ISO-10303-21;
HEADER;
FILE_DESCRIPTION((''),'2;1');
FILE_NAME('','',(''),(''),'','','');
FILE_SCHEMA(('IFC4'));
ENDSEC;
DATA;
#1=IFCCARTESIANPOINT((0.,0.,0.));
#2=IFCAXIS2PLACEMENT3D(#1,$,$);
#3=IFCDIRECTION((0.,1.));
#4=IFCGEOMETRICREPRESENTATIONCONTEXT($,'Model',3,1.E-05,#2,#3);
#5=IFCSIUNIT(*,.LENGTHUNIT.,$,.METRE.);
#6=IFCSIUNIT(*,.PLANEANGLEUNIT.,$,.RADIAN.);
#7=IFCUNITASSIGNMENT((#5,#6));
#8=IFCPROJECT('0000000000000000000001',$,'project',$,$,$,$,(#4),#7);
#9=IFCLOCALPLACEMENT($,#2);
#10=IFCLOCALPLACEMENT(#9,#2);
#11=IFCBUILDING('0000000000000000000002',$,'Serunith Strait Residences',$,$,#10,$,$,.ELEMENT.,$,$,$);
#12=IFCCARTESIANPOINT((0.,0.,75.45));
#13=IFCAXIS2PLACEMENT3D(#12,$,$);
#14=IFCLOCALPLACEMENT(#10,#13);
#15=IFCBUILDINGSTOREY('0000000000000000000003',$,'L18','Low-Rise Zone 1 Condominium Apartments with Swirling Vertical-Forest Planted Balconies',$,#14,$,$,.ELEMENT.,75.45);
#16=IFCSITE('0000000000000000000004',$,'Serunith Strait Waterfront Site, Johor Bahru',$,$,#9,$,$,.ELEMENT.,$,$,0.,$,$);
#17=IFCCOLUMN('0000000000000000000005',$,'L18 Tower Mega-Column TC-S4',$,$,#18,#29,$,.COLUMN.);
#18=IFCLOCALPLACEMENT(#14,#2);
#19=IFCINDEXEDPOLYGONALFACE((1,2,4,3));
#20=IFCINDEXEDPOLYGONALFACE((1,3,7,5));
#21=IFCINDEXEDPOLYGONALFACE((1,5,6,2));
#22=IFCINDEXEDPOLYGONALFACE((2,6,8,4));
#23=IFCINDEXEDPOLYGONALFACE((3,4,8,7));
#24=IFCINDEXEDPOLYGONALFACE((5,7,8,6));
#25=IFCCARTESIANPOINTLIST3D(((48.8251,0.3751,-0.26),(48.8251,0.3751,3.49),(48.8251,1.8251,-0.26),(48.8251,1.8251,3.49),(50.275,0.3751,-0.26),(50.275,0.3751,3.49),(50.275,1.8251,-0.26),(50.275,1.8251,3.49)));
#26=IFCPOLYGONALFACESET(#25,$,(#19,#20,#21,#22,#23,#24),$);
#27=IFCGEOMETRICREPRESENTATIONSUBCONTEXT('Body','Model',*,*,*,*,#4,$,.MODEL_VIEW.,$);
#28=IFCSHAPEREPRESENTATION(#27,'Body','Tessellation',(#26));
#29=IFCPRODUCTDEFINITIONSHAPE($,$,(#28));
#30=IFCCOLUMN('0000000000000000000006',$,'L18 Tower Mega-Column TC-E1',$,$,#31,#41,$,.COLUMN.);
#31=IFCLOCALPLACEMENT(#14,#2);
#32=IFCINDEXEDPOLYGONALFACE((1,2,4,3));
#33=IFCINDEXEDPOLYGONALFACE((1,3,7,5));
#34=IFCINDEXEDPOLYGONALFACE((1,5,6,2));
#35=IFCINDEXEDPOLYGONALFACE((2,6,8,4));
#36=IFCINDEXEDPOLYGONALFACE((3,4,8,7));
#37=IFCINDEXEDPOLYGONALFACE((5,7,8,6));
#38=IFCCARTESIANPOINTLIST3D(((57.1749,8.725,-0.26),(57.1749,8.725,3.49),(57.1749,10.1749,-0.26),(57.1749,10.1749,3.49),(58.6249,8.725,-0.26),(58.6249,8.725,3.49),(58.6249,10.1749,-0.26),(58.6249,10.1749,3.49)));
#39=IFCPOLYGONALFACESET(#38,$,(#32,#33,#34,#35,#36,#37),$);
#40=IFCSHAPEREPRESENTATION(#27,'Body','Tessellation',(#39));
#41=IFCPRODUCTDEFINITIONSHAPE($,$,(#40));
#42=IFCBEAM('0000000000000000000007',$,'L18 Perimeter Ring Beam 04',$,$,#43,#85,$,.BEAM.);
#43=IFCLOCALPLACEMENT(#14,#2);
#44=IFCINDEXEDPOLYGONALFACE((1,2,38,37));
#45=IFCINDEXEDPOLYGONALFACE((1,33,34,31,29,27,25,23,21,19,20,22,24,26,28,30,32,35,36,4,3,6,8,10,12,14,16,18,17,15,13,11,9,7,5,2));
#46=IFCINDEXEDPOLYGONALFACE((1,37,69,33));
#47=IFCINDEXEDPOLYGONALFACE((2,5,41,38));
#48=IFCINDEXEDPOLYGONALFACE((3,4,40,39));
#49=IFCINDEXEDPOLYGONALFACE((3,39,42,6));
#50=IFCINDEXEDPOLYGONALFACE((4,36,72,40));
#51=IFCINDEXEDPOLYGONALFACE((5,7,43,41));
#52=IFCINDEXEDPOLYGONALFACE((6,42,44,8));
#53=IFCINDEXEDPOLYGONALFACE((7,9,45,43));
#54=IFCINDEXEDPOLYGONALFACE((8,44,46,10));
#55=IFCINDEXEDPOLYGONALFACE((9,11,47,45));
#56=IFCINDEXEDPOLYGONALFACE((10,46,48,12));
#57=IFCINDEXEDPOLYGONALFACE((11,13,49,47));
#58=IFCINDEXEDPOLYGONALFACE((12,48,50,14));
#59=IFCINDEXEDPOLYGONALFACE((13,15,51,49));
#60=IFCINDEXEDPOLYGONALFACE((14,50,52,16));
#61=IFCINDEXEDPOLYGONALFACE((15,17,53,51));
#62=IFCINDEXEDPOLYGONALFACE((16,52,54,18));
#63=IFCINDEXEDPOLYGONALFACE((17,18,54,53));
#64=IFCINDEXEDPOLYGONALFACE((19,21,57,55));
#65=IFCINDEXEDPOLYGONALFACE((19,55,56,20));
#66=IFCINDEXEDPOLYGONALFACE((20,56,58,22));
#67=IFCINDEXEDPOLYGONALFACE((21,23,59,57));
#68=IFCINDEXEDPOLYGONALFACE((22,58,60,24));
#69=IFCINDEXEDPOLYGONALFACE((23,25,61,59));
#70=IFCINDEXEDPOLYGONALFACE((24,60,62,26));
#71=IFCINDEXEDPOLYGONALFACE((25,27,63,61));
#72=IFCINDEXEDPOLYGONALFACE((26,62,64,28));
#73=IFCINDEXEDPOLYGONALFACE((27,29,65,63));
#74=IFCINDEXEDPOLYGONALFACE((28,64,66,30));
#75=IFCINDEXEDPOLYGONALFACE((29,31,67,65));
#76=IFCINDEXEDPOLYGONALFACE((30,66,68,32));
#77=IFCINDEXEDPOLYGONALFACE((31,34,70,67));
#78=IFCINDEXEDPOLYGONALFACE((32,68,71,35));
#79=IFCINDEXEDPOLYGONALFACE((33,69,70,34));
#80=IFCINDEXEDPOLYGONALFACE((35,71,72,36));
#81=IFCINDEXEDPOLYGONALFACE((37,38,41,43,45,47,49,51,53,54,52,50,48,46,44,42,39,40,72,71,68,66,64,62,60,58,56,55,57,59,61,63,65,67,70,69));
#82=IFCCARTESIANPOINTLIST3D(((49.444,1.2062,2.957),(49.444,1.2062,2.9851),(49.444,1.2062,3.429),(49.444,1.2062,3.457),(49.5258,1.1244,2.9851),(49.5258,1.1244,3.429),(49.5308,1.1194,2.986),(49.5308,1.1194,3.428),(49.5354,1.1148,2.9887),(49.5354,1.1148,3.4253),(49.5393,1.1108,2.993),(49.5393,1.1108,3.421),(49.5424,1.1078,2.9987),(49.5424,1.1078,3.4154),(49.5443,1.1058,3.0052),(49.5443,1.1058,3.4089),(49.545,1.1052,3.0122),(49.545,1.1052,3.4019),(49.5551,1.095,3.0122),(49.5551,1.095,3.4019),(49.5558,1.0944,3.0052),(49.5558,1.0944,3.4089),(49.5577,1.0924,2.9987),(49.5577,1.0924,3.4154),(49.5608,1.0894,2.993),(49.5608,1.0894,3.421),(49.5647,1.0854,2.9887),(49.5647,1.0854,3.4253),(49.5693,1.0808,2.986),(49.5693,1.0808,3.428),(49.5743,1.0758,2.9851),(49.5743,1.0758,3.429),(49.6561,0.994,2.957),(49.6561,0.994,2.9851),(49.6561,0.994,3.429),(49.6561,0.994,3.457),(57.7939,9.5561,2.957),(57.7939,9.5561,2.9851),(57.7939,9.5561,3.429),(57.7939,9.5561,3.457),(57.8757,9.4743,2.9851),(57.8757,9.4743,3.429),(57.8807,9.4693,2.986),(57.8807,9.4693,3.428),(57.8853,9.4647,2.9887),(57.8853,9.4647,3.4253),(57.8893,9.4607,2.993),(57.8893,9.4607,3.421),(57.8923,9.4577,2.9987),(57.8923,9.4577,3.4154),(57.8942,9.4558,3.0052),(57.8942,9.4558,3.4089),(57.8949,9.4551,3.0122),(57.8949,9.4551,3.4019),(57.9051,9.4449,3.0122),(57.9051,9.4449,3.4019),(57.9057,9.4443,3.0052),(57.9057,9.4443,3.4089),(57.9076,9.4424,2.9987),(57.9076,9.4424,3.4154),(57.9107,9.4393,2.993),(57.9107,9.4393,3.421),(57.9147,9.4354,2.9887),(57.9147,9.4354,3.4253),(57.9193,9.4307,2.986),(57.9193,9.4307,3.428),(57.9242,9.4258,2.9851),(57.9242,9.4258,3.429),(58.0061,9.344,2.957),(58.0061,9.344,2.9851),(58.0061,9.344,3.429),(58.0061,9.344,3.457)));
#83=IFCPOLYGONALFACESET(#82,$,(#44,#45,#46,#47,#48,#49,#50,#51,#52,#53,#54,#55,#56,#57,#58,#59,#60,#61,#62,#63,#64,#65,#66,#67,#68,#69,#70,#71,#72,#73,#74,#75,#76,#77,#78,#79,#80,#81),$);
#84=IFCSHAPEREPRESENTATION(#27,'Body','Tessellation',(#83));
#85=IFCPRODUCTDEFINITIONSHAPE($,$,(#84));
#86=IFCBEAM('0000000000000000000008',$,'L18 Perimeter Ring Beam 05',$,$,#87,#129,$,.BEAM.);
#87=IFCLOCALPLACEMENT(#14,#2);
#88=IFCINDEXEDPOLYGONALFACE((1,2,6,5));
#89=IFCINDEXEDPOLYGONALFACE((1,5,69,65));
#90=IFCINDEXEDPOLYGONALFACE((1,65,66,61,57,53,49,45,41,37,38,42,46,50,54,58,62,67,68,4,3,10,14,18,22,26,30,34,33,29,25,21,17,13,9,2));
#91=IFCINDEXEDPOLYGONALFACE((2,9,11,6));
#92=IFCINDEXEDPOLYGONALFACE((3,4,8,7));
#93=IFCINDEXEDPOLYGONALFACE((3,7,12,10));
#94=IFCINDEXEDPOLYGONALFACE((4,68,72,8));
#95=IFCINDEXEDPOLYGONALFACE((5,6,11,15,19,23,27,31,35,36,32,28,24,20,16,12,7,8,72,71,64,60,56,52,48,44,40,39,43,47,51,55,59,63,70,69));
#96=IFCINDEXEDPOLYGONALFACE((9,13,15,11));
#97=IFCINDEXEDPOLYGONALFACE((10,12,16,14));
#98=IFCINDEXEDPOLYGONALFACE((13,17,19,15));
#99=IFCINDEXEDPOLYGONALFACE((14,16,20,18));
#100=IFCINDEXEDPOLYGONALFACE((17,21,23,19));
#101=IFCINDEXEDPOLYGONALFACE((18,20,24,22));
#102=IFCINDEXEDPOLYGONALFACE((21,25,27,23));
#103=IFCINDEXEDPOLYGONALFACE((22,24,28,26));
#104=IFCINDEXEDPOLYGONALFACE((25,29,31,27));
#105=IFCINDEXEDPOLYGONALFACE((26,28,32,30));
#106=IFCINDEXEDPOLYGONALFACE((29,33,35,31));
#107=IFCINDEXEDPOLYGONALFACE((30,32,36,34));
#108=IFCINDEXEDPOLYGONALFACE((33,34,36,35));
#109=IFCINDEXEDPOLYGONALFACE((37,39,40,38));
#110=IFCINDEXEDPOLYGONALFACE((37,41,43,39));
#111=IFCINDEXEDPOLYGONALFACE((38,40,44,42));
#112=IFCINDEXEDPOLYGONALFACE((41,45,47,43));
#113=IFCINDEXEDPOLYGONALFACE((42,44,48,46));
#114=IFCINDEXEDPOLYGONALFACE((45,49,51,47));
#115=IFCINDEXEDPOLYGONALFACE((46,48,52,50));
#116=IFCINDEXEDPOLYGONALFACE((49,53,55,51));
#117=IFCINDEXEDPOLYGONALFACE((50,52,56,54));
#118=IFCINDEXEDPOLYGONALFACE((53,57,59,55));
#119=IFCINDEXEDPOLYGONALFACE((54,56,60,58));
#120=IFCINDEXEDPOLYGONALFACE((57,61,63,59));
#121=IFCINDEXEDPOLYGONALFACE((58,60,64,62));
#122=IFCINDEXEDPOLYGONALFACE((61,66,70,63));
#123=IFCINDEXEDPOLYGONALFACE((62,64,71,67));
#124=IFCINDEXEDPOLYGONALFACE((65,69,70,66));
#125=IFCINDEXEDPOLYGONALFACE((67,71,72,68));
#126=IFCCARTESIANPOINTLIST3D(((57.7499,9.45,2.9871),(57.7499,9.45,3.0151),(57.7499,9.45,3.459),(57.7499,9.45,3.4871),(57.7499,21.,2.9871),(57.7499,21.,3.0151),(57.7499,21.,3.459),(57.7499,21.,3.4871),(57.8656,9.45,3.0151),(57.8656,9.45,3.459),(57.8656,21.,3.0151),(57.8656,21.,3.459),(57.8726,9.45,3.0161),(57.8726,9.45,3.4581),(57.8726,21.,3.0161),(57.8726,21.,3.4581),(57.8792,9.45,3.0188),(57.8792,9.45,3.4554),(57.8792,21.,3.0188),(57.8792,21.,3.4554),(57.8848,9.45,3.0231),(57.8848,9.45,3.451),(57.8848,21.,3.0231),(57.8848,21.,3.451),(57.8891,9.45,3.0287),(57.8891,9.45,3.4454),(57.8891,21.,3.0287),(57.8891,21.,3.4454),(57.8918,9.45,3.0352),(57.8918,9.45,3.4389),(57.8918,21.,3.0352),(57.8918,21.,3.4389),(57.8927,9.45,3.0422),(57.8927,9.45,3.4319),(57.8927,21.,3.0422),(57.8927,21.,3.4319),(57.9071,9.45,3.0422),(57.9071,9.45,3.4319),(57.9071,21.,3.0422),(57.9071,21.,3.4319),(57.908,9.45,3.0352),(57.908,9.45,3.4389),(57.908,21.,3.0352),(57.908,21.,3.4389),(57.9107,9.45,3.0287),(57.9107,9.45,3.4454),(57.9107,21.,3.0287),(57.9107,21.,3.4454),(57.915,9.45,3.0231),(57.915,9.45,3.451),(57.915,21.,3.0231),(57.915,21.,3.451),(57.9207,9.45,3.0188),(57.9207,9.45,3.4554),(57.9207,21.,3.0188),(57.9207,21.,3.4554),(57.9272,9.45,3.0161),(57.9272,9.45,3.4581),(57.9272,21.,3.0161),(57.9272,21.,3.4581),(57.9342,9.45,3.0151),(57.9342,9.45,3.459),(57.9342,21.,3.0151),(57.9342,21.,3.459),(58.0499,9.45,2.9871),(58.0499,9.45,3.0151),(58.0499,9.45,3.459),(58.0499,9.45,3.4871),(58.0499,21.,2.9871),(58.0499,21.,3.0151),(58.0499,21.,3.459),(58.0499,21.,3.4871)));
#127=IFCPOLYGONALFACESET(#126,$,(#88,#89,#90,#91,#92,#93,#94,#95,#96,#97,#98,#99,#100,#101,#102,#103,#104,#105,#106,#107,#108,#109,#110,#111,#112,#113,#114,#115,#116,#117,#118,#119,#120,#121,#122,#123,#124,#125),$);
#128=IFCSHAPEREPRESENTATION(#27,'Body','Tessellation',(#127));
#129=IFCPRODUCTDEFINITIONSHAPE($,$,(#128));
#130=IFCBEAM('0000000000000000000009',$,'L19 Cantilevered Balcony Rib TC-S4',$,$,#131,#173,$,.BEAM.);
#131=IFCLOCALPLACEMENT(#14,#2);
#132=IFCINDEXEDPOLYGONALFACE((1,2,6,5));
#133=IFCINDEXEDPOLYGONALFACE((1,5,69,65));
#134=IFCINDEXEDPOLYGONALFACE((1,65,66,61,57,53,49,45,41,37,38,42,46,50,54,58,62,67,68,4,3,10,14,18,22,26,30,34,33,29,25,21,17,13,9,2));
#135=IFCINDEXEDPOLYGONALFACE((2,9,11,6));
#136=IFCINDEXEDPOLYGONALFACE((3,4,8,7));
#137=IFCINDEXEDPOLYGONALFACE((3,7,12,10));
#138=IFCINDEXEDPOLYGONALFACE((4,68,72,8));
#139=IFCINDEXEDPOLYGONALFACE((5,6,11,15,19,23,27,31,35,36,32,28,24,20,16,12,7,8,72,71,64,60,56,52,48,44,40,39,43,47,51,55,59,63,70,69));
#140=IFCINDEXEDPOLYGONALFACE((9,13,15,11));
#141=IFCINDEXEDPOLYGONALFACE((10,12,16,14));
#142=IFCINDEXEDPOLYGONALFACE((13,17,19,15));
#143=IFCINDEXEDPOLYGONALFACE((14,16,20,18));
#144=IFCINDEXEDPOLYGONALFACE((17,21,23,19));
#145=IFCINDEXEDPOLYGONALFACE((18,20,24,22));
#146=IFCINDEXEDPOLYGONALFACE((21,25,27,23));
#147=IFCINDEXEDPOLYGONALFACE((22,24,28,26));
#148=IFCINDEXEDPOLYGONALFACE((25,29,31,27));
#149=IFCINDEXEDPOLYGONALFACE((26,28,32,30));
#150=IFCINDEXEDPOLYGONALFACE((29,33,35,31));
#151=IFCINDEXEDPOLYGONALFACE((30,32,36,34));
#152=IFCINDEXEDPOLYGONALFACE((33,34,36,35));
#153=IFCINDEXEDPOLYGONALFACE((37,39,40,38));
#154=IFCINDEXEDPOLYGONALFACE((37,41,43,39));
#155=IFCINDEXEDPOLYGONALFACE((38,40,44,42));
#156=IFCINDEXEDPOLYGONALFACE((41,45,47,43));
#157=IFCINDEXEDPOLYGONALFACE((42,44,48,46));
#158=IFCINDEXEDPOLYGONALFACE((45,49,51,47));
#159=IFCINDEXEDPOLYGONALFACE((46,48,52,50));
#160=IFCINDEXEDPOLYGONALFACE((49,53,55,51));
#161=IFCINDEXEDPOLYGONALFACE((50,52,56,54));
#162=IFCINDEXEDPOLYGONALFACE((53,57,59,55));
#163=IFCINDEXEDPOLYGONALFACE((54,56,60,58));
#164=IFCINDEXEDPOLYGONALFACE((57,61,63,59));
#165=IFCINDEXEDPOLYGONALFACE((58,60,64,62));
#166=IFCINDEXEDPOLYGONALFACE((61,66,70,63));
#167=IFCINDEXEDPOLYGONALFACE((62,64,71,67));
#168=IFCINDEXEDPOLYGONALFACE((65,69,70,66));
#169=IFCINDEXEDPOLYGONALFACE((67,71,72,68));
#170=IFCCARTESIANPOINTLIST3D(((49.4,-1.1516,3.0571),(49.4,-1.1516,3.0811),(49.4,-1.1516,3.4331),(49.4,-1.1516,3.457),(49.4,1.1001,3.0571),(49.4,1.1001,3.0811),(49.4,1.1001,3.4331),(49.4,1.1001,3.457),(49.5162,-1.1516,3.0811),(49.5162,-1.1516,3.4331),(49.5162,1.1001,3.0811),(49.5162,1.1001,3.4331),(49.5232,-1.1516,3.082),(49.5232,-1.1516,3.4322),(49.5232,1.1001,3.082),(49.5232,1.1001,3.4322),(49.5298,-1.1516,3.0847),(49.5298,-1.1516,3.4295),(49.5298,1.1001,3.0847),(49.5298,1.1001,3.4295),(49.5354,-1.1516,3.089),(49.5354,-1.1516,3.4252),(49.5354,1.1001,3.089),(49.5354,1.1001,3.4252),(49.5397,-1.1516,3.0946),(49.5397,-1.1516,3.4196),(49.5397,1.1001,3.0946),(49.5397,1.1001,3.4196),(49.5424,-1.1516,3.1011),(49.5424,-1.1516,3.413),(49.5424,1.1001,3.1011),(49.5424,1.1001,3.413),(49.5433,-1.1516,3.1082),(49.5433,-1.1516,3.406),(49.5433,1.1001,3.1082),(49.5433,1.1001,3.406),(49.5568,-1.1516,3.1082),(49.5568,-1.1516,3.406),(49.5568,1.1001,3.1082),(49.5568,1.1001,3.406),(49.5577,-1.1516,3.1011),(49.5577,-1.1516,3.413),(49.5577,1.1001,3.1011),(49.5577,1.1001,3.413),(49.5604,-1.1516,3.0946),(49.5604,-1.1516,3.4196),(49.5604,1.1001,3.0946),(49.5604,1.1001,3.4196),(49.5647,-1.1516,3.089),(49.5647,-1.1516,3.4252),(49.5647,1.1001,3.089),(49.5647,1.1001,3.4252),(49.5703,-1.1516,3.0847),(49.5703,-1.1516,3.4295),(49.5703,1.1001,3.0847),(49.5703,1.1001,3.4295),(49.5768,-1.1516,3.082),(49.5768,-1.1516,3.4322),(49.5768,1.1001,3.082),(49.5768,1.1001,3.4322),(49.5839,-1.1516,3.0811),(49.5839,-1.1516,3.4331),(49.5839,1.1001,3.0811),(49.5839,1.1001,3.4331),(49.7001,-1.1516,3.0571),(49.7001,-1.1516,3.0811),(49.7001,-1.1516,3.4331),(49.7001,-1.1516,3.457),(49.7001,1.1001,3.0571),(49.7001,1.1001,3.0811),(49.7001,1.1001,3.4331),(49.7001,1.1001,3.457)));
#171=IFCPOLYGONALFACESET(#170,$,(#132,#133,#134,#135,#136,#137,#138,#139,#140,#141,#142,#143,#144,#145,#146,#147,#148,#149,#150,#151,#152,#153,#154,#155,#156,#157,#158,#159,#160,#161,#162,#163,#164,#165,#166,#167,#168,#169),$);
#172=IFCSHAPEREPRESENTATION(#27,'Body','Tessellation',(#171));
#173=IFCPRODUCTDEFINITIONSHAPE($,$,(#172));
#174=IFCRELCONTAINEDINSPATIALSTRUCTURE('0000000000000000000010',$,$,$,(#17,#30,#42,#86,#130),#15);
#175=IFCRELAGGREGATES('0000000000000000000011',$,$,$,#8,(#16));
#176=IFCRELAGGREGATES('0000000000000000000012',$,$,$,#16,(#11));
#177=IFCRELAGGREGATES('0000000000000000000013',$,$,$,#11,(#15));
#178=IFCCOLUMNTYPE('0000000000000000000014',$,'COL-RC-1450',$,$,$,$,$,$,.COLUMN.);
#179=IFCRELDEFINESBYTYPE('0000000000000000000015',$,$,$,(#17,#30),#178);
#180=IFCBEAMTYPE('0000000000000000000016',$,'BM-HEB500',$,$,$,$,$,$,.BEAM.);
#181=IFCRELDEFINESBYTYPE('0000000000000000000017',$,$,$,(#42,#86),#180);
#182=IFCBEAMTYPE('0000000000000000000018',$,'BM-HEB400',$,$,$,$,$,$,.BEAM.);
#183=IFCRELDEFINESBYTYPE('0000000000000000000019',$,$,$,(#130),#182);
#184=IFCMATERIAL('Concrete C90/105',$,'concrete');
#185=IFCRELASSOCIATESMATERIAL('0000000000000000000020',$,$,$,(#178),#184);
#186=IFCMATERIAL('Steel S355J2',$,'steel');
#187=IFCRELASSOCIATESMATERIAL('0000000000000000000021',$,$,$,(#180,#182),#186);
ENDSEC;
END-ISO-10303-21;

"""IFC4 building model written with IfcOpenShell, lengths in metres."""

from ifc_helpers import new_model, si_unit, direction, frame, origin, origin_2d, place, context, subcontext, project, spatial, rectangle, i_section, extrude, source, transform, mapped, material, material_profile, profile_set, type_object, element, save


model = new_model("IFC4")

# Units and contexts
model_context = context("Model", 3, precision=1e-05, world=origin(), true_north=direction((0.0, 1.0)))
body_context = subcontext(model_context, "Body", "Model", "MODEL_VIEW")
ifc_project = project(units=[si_unit("LENGTHUNIT", "METRE"), si_unit("PLANEANGLEUNIT", "RADIAN")], contexts=[model_context])

# Site, building, storey
site_placement = place(None, origin())
site = spatial("IfcSite", under=ifc_project, at=site_placement, Name="Serunith Strait Waterfront Site, Johor Bahru", CompositionType="ELEMENT", RefElevation=0.0)
building_placement = place(site_placement, origin())
building = spatial("IfcBuilding", under=site, at=building_placement, Name="Serunith Strait Residences", CompositionType="ELEMENT")
storey_placement = place(building_placement, frame((0.0, 0.0, 75.45)))
storey = spatial("IfcBuildingStorey", under=building, at=storey_placement, Name="L18", Description="Low-Rise Zone 1 Condominium Apartments with Swirling Vertical-Forest Planted Balconies", CompositionType="ELEMENT", Elevation=75.45)

# Columns
ifc_material_1 = material(Name="Concrete C90/105", Category="concrete")
ifc_material_profile_1 = material_profile(ifc_material_1, rectangle(XDim=1.45, YDim=1.45, at=origin_2d()), Name="RC 1450x1450")
ifc_profile_set_1 = profile_set([ifc_material_profile_1], Name="Concrete C90/105")
column_type = type_object("IfcColumnType", Name="COL-RC-1450", PredefinedType="COLUMN", material=ifc_profile_set_1)
shared_shape_1 = source(origin(), body_context, "Body", "SweptSolid", [
    extrude(rectangle(XDim=1.45, YDim=1.45, at=origin_2d()), origin(), (0.0, 0.0, 1.0), 3.75),
])
for number, where, z_axis, x_axis, name in (
    (1, (49.55, 1.1001, -0.26), (0.0, 0.0, 1.0), (1.0, 0.0, 0.0), "L18 Tower Mega-Column TC-S4"),
    (2, (57.8999, 9.45, -0.26), (0.0, 0.0, 1.0), (1.0, 0.0, 0.0), "L18 Tower Mega-Column TC-E1"),
):
    element("IfcColumn", number, at=place(storey_placement, frame(where, z_axis=z_axis, x_axis=x_axis)), inside=storey, type_object=column_type, Name=name, PredefinedType="COLUMN", context=body_context, shape_type="MappedRepresentation", body=[
        mapped(shared_shape_1, transform((0.0, 0.0, 0.0), scale=1.0)),
    ])

# Beams
ifc_material_2 = material(Name="Steel S355J2", Category="steel")
ifc_material_profile_2 = material_profile(ifc_material_2, i_section(OverallWidth=0.3, OverallDepth=0.5, WebThickness=0.0144, FlangeThickness=0.0281, FilletRadius=0.0271, at=origin_2d()), Name="HEB 500")
ifc_profile_set_2 = profile_set([ifc_material_profile_2], Name="Steel S355J2")
beam_type_1 = type_object("IfcBeamType", Name="BM-HEB500", PredefinedType="BEAM", material=ifc_profile_set_2)
shared_shape_2 = source(origin(), body_context, "Body", "SweptSolid", [
    extrude(i_section(OverallWidth=0.3, OverallDepth=0.5, WebThickness=0.0144, FlangeThickness=0.0281, FilletRadius=0.0271, at=origin_2d()), origin(), (0.0, 0.0, 1.0), 11.8086),
])
beam_1_placement = place(storey_placement, frame((49.55, 1.1001, 3.207), z_axis=(0.707107, 0.707107, 0.0), x_axis=(-0.707107, 0.707107, 0.0)))
element("IfcBeam", 3, at=beam_1_placement, inside=storey, type_object=beam_type_1, Name="L18 Perimeter Ring Beam 04", PredefinedType="BEAM", context=body_context, shape_type="MappedRepresentation", body=[
    mapped(shared_shape_2, transform((0.0, 0.0, 0.0), scale=1.0)),
])
shared_shape_3 = source(origin(), body_context, "Body", "SweptSolid", [
    extrude(i_section(OverallWidth=0.3, OverallDepth=0.5, WebThickness=0.0144, FlangeThickness=0.0281, FilletRadius=0.0271, at=origin_2d()), origin(), (0.0, 0.0, 1.0), 11.55),
])
beam_2_placement = place(storey_placement, frame((57.8999, 9.45, 3.2371), z_axis=(0.0, 1.0, 0.0), x_axis=(-1.0, 0.0, 0.0)))
element("IfcBeam", 4, at=beam_2_placement, inside=storey, type_object=beam_type_1, Name="L18 Perimeter Ring Beam 05", PredefinedType="BEAM", context=body_context, shape_type="MappedRepresentation", body=[
    mapped(shared_shape_3, transform((0.0, 0.0, 0.0), scale=1.0)),
])
ifc_material_profile_3 = material_profile(ifc_material_2, i_section(OverallWidth=0.3, OverallDepth=0.3999, WebThickness=0.0134, FlangeThickness=0.0239, FilletRadius=0.0271, at=origin_2d()), Name="HEB 400")
ifc_profile_set_3 = profile_set([ifc_material_profile_3], Name="Steel S355J2")
beam_type_2 = type_object("IfcBeamType", Name="BM-HEB400", PredefinedType="BEAM", material=ifc_profile_set_3)
shared_shape_4 = source(origin(), body_context, "Body", "SweptSolid", [
    extrude(i_section(OverallWidth=0.3, OverallDepth=0.3999, WebThickness=0.0134, FlangeThickness=0.0239, FilletRadius=0.0271, at=origin_2d()), origin(), (0.0, 0.0, 1.0), 2.2517),
])
beam_3_placement = place(storey_placement, frame((49.55, 1.1001, 3.2571), z_axis=(0.0, -1.0, 0.0), x_axis=(1.0, 0.0, 0.0)))
element("IfcBeam", 5, at=beam_3_placement, inside=storey, type_object=beam_type_2, Name="L19 Cantilevered Balcony Rib TC-S4", PredefinedType="BEAM", context=body_context, shape_type="MappedRepresentation", body=[
    mapped(shared_shape_4, transform((0.0, 0.0, 0.0), scale=1.0)),
])

save(model, "model.ifc")
